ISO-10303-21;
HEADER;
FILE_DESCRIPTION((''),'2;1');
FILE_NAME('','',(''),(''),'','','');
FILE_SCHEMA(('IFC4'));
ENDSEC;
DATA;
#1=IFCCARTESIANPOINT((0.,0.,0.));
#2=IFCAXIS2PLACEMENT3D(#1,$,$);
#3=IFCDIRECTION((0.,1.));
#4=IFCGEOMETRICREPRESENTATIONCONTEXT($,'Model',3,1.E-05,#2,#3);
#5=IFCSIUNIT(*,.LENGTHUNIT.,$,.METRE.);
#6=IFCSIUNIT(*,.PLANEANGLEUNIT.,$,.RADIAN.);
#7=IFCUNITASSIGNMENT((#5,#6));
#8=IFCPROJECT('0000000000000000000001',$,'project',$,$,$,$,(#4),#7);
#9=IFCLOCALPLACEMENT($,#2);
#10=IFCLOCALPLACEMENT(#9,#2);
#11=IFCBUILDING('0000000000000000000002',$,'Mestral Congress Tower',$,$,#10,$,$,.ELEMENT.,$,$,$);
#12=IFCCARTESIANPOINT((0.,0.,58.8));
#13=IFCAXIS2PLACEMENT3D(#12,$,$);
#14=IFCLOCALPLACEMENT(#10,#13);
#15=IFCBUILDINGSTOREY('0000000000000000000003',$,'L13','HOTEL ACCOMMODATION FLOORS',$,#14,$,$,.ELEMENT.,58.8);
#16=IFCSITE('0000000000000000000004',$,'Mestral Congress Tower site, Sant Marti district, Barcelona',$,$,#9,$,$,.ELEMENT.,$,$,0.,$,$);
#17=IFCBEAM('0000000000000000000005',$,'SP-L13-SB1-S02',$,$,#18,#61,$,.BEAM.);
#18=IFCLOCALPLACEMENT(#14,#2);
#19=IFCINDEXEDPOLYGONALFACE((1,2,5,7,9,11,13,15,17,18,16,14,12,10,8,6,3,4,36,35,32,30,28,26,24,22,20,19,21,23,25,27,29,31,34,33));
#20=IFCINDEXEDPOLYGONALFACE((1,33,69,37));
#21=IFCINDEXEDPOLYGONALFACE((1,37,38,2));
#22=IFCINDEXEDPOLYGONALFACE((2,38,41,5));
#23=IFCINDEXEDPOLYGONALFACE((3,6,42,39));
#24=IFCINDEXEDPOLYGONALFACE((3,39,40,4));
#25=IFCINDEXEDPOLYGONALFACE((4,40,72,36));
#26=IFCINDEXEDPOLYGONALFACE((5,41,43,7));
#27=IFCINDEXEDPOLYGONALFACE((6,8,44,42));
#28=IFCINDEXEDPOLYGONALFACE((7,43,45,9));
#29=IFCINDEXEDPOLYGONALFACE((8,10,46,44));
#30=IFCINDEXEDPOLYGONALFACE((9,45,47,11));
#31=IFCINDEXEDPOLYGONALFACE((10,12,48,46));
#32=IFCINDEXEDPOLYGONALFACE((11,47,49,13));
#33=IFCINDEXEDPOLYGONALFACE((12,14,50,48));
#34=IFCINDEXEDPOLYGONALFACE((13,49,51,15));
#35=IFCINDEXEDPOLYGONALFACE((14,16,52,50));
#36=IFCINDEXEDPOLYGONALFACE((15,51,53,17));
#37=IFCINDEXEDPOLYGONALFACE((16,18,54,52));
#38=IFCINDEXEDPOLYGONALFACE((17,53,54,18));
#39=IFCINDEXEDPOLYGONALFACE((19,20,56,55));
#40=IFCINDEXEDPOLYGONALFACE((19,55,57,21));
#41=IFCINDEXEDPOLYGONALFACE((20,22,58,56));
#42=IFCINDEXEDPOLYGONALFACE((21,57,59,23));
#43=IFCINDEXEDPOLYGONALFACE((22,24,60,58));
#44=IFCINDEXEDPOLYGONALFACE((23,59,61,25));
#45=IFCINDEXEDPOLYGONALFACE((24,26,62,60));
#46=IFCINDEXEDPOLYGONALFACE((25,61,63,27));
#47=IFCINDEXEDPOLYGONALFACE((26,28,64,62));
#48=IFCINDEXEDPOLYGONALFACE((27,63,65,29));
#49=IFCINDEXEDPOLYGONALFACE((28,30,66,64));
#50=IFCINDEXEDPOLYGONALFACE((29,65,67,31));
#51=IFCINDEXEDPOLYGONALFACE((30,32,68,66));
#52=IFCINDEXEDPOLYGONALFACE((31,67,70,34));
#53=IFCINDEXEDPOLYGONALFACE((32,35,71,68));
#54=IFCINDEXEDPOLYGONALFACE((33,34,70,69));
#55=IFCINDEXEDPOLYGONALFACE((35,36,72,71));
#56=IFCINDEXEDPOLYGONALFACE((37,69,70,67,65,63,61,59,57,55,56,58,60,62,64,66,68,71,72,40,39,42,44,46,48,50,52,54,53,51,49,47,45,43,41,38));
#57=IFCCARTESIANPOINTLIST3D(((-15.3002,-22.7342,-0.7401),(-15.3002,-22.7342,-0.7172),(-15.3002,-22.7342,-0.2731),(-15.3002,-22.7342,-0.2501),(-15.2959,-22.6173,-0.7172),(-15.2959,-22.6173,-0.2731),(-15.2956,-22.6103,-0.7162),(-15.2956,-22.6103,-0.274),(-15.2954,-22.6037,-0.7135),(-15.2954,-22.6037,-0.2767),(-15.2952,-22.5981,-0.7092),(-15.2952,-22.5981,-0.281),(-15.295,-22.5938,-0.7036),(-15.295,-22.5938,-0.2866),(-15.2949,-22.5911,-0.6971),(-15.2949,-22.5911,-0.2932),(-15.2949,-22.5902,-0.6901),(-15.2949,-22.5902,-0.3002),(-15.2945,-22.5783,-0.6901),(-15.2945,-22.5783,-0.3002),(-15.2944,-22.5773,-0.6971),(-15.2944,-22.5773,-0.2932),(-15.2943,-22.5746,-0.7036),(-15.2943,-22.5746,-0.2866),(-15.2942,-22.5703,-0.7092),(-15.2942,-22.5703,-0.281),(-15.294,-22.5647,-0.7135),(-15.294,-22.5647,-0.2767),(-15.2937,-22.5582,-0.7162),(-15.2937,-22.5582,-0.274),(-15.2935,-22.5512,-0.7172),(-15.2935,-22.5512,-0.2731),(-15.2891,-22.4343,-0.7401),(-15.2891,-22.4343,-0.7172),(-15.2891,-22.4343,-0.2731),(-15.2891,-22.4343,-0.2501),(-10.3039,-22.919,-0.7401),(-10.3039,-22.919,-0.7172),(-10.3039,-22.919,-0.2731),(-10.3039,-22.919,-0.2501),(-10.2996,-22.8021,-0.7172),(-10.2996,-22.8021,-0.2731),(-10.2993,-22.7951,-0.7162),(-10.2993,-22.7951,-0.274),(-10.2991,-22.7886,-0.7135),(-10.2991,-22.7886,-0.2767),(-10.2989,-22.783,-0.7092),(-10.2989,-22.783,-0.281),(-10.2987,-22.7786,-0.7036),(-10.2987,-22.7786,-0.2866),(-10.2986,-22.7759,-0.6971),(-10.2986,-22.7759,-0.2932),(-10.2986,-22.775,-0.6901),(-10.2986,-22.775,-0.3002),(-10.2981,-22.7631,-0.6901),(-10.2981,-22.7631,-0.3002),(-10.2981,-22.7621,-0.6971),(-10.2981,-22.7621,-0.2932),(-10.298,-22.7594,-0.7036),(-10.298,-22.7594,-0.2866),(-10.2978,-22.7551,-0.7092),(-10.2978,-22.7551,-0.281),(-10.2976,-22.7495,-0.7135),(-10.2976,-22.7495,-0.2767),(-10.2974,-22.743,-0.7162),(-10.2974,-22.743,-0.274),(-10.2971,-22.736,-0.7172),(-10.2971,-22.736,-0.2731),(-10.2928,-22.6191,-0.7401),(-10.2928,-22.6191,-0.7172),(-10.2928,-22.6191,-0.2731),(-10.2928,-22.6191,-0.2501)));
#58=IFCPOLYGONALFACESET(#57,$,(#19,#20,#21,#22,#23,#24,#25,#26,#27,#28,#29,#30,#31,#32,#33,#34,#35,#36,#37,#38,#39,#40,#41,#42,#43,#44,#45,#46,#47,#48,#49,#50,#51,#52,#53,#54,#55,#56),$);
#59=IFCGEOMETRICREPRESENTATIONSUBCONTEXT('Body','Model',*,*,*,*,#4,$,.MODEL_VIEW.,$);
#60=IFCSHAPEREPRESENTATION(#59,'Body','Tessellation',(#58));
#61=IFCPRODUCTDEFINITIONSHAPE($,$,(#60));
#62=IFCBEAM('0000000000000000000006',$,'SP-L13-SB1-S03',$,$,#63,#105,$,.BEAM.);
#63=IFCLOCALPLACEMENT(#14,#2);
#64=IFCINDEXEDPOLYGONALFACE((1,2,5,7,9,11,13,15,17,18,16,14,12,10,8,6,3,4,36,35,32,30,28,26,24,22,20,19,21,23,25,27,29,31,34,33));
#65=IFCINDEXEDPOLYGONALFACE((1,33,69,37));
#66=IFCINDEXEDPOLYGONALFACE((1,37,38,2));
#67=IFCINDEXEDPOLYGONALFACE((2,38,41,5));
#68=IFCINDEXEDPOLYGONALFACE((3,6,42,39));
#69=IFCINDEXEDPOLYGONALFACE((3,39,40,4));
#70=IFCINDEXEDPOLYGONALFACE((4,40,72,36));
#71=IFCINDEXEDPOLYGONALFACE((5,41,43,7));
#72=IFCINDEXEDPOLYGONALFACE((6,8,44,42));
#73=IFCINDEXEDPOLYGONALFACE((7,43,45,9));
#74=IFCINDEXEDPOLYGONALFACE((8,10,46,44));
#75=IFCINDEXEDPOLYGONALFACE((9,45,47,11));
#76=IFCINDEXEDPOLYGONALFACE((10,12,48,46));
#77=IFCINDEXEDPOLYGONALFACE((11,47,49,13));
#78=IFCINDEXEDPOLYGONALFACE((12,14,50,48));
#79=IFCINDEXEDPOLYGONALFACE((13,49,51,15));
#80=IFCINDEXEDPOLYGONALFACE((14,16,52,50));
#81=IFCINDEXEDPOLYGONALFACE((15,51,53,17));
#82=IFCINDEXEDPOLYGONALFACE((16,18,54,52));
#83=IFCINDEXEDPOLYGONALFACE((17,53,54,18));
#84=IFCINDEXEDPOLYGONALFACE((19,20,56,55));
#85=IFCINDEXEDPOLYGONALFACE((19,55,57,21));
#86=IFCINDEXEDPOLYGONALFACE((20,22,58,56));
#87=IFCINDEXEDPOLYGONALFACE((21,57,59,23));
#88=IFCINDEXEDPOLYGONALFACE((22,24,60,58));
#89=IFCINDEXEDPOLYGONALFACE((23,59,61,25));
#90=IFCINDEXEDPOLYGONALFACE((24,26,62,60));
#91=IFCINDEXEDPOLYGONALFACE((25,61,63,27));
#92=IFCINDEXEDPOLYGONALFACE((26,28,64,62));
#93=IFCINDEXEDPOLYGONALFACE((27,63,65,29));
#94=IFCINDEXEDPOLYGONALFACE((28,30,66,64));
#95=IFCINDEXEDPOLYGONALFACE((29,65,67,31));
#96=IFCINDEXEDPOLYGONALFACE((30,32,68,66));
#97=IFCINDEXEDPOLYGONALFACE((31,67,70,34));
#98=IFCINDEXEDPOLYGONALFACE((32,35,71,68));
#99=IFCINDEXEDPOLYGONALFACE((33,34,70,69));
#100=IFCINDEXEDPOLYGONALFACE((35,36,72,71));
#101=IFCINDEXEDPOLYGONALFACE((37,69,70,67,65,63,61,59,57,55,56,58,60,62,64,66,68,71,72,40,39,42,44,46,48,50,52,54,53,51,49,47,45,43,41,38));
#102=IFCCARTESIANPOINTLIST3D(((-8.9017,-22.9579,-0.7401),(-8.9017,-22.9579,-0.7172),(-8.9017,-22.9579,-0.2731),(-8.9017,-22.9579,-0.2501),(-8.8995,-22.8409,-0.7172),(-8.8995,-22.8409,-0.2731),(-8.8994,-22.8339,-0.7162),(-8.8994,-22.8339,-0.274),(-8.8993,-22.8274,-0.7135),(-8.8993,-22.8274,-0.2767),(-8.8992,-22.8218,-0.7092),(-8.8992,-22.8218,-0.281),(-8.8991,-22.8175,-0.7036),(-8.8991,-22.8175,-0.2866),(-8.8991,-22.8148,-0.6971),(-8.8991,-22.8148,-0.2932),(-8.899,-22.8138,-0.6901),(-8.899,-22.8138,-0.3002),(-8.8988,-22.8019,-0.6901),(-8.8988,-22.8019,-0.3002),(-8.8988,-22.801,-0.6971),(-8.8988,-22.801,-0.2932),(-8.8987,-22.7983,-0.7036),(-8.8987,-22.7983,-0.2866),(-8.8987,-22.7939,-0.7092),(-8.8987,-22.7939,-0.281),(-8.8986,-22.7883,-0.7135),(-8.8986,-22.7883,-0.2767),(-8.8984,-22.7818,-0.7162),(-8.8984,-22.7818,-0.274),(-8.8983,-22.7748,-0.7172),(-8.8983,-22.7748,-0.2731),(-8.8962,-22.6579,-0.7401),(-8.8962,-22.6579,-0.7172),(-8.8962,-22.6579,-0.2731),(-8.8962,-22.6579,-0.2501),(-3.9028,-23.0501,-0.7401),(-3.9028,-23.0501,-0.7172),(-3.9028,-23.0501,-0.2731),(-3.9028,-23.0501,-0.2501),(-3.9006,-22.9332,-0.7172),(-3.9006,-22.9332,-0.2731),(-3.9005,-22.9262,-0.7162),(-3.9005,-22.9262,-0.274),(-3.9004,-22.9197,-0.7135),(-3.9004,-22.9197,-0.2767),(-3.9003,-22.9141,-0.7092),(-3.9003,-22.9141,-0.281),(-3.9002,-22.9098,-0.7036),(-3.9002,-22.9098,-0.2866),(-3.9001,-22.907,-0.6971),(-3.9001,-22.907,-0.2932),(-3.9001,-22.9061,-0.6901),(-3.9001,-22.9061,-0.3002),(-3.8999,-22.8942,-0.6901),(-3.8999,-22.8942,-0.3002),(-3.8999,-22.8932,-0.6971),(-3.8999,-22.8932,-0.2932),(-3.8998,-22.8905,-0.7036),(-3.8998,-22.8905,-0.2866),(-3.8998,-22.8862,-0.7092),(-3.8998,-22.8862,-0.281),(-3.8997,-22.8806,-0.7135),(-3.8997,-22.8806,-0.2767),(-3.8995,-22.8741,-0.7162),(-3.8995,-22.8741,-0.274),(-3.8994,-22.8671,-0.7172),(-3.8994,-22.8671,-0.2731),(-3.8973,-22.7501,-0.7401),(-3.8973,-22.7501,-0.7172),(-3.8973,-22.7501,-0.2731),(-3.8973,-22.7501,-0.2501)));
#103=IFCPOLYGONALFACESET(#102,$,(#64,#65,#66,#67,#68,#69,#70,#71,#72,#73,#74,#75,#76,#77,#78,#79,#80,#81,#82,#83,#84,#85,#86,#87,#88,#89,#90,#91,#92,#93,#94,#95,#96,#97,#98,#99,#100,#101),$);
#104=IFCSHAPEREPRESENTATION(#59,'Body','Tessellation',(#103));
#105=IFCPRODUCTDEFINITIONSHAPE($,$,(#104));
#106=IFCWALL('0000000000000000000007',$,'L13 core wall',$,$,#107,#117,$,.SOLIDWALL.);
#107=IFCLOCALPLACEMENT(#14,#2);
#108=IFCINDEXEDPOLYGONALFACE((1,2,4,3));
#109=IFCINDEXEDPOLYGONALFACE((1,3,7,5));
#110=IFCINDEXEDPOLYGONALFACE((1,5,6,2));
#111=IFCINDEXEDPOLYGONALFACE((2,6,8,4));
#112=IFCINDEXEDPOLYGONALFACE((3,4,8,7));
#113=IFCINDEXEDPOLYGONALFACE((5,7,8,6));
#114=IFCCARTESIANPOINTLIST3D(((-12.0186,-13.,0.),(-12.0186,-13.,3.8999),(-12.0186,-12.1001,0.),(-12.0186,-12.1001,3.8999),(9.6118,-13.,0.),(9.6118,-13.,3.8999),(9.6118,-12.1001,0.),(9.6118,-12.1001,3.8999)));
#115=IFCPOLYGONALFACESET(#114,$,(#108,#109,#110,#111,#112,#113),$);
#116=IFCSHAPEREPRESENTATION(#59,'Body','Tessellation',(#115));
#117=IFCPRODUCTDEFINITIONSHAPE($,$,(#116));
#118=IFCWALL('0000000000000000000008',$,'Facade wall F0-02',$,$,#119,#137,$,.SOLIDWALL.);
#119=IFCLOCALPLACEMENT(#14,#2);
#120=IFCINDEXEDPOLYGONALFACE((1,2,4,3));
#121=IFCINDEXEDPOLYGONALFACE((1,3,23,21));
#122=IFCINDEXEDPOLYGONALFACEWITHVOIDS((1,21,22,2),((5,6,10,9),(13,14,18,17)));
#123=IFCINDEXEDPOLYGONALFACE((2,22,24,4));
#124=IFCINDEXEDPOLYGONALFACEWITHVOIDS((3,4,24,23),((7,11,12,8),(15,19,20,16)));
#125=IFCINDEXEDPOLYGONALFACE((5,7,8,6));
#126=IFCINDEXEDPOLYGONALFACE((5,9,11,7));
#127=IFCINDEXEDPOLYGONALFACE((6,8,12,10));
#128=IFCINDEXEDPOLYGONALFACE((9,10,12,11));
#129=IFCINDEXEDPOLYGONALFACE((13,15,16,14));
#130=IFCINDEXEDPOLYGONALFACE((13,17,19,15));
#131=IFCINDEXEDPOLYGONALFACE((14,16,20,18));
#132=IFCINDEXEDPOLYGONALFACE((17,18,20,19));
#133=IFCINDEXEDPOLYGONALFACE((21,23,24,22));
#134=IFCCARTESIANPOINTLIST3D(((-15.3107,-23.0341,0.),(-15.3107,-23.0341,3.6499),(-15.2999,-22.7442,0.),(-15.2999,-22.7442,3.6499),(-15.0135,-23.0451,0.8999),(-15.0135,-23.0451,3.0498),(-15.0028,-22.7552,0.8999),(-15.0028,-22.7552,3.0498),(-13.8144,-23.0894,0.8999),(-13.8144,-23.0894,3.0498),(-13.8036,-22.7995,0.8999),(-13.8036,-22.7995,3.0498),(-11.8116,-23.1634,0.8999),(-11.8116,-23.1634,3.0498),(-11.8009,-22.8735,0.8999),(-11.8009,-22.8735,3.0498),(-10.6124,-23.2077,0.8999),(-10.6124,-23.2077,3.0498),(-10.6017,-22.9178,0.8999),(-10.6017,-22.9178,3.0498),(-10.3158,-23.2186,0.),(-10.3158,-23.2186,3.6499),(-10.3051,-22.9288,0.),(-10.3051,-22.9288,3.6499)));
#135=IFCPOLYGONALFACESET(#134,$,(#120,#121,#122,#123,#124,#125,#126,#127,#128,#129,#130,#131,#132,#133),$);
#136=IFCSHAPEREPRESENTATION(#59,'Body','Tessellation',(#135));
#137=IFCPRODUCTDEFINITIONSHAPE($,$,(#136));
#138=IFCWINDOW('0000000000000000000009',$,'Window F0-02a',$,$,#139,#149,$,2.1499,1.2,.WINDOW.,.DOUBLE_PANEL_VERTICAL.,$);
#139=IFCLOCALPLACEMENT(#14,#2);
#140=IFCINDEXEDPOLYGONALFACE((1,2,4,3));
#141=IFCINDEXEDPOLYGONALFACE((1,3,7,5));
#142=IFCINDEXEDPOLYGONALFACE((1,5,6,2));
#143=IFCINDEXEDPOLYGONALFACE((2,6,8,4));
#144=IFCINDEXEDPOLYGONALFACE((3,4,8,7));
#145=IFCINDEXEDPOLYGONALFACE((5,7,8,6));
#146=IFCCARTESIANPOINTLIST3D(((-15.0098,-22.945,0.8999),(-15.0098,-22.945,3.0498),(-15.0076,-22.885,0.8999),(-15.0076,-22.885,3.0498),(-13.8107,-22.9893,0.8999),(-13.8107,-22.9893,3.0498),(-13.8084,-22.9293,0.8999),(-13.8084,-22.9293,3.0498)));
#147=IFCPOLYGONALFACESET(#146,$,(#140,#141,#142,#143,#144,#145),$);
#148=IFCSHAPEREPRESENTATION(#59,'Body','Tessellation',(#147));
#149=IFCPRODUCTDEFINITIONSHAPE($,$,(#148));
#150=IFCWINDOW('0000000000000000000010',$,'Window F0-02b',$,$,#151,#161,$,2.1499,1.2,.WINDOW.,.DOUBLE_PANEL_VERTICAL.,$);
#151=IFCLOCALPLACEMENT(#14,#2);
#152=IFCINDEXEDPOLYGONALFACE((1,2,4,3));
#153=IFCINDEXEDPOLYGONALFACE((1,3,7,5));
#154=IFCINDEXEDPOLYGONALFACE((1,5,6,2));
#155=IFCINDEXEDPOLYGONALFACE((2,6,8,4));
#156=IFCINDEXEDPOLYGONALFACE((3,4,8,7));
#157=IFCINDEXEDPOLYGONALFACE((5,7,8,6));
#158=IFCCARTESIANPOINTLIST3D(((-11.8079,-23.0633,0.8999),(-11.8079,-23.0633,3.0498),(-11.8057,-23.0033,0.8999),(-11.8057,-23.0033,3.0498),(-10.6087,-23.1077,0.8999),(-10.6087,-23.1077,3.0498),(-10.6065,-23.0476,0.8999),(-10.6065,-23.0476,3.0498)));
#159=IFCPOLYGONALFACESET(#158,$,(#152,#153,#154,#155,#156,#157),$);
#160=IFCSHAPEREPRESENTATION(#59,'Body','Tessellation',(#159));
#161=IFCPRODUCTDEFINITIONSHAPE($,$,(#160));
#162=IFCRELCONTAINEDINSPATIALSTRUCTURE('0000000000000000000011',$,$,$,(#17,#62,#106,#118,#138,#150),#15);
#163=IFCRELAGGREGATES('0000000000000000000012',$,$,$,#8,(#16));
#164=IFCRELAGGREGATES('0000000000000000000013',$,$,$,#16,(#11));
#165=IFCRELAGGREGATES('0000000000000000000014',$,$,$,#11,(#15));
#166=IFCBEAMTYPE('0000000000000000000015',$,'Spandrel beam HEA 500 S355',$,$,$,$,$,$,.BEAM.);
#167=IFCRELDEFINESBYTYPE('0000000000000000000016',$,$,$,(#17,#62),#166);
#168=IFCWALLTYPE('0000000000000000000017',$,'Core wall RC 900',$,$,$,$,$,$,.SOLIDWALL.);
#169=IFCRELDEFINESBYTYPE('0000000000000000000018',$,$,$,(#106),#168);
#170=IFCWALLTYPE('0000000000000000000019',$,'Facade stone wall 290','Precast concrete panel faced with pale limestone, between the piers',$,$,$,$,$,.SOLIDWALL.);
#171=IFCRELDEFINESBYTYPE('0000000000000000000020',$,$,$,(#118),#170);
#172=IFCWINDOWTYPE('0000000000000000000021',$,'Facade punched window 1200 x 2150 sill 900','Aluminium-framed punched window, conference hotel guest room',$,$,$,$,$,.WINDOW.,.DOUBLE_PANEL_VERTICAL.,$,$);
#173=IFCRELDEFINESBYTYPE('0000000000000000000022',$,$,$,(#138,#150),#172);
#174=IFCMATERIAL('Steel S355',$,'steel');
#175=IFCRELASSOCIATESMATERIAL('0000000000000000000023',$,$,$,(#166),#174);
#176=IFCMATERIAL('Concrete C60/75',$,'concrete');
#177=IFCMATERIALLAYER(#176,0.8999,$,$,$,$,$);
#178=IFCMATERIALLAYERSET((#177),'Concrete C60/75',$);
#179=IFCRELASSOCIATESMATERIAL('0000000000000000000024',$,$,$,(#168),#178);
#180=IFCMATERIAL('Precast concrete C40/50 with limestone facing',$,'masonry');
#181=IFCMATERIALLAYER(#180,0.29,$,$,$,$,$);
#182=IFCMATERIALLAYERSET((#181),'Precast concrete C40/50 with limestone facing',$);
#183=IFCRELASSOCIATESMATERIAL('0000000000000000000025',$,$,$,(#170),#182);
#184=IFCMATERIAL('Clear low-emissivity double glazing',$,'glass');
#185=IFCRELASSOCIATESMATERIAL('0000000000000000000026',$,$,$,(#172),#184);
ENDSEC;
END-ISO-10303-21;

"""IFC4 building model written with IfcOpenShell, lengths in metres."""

from ifc_helpers import new_model, si_unit, direction, frame, frame_2d, origin, origin_2d, place, context, subcontext, project, spatial, rectangle, i_section, extrude, material, layer, layer_set, material_profile, profile_set, type_object, element, fill, save


model = new_model("IFC4")

# Units and contexts
model_context = context("Model", 3, precision=1e-05, world=origin(), true_north=direction((0.0, 1.0)))
body_context = subcontext(model_context, "Body", "Model", "MODEL_VIEW")
ifc_project = project(units=[si_unit("LENGTHUNIT", "METRE"), si_unit("PLANEANGLEUNIT", "RADIAN")], contexts=[model_context])

# Site, building, storey
site_placement = place(None, origin())
site = spatial("IfcSite", under=ifc_project, at=site_placement, Name="Mestral Congress Tower site, Sant Marti district, Barcelona", CompositionType="ELEMENT", RefElevation=0.0)
building_placement = place(site_placement, origin())
building = spatial("IfcBuilding", under=site, at=building_placement, Name="Mestral Congress Tower", CompositionType="ELEMENT")
storey_placement = place(building_placement, frame((0.0, 0.0, 58.8)))
storey = spatial("IfcBuildingStorey", under=building, at=storey_placement, Name="L13", Description="HOTEL ACCOMMODATION FLOORS", CompositionType="ELEMENT", Elevation=58.8)

# Beams
ifc_material_1 = material(Name="Steel S355", Category="steel")
ifc_material_profile_1 = material_profile(ifc_material_1, i_section(OverallWidth=0.3, OverallDepth=0.49, WebThickness=0.012, FlangeThickness=0.0229, FilletRadius=0.0271, at=origin_2d()), Name="HEA 500")
ifc_profile_set_1 = profile_set([ifc_material_profile_1], Name="Steel S355")
beam_type_1 = type_object("IfcBeamType", Name="Spandrel beam HEA 500 S355", PredefinedType="BEAM", material=ifc_profile_set_1)
for number, where, z_axis, x_axis, name in (
    (1, (-15.2947, -22.5842, -0.4951), (0.999317, -0.036965, 0.0), (0.036965, 0.999317, 0.0), "SP-L13-SB1-S02"),
    (2, (-8.8989, -22.8079, -0.4951), (0.99983, -0.018457, 0.0), (0.018457, 0.99983, 0.0), "SP-L13-SB1-S03"),
):
    element("IfcBeam", number, at=place(storey_placement, frame(where, z_axis=z_axis, x_axis=x_axis)), inside=storey, type_object=beam_type_1, Name=name, PredefinedType="BEAM", context=body_context, shape_type="SweptSolid", body=[
        extrude(i_section(OverallWidth=0.3, OverallDepth=0.49, WebThickness=0.012, FlangeThickness=0.0229, FilletRadius=0.0271, at=origin_2d()), origin(), (0.0, 0.0, 1.0), 4.9998),
    ])

# Wall
ifc_material_2 = material(Name="Concrete C60/75", Category="concrete")
ifc_layer_1 = layer(ifc_material_2, 0.8999)
ifc_layer_set_1 = layer_set([ifc_layer_1], Name="Concrete C60/75")
wall_type_1 = type_object("IfcWallType", Name="Core wall RC 900", PredefinedType="SOLIDWALL", material=ifc_layer_set_1)
wall_1_placement = place(storey_placement, frame((-12.0186, -12.55, 0.0), z_axis=(0.0, 0.0, 1.0), x_axis=(1.0, 0.0, 0.0)))
element("IfcWall", 3, at=wall_1_placement, inside=storey, type_object=wall_type_1, Name="L13 core wall", PredefinedType="SOLIDWALL", context=body_context, shape_type="SweptSolid", body=[
    extrude(rectangle(XDim=21.6304, YDim=0.8999, at=frame_2d((10.8152, 0.0))), origin(), (0.0, 0.0, 1.0), 3.8999),
])

# Wall, openings, windows
ifc_material_3 = material(Name="Precast concrete C40/50 with limestone facing", Category="masonry")
ifc_layer_2 = layer(ifc_material_3, 0.29)
ifc_layer_set_2 = layer_set([ifc_layer_2], Name="Precast concrete C40/50 with limestone facing")
wall_type_2 = type_object("IfcWallType", Name="Facade stone wall 290", Description="Precast concrete panel faced with pale limestone, between the piers", PredefinedType="SOLIDWALL", material=ifc_layer_set_2)
wall_2_placement = place(storey_placement, frame((-15.3052, -22.8892, 0.0), z_axis=(0.0, 0.0, 1.0), x_axis=(0.999318, -0.036927, 0.0)))
wall_2 = element("IfcWall", 4, at=wall_2_placement, inside=storey, type_object=wall_type_2, Name="Facade wall F0-02", PredefinedType="SOLIDWALL", context=body_context, shape_type="SweptSolid", body=[
    extrude(rectangle(XDim=4.9983, YDim=0.29, at=frame_2d((2.499, 0.0))), origin(), (0.0, 0.0, 1.0), 3.6499),
])
opening_1_placement = place(wall_2_placement, frame((0.2971, 0.0, 0.8999)))
opening_1 = element("IfcOpeningElement", 5, at=opening_1_placement, cuts=wall_2, PredefinedType="OPENING", context=body_context, shape_type="SweptSolid", body=[
    extrude(rectangle(XDim=1.2, YDim=2.1499, at=frame_2d((0.6001, 1.075))), frame((0.0, 0.155, 0.0), z_axis=(0.0, -1.0, 0.0), x_axis=(1.0, 0.0, 0.0)), (0.0, 0.0, 1.0), 0.3101),
])
opening_2_placement = place(wall_2_placement, frame((3.5012, 0.0, 0.8999)))
opening_2 = element("IfcOpeningElement", 6, at=opening_2_placement, cuts=wall_2, PredefinedType="OPENING", context=body_context, shape_type="SweptSolid", body=[
    extrude(rectangle(XDim=1.2, YDim=2.1499, at=frame_2d((0.6001, 1.075))), frame((0.0, 0.155, 0.0), z_axis=(0.0, -1.0, 0.0), x_axis=(1.0, 0.0, 0.0)), (0.0, 0.0, 1.0), 0.3101),
])
ifc_material_4 = material(Name="Clear low-emissivity double glazing", Category="glass")
window_type = type_object("IfcWindowType", Name="Facade punched window 1200 x 2150 sill 900", Description="Aluminium-framed punched window, conference hotel guest room", PartitioningType="DOUBLE_PANEL_VERTICAL", PredefinedType="WINDOW", material=ifc_material_4)
window_1_placement = place(opening_1_placement, origin())
window_1 = element("IfcWindow", 7, at=window_1_placement, inside=storey, type_object=window_type, Name="Window F0-02a", OverallHeight=2.1499, OverallWidth=1.2, PartitioningType="DOUBLE_PANEL_VERTICAL", PredefinedType="WINDOW", context=body_context, shape_type="SweptSolid", body=[
    extrude(rectangle(XDim=1.2, YDim=2.1499, at=frame_2d((0.6001, 1.075))), frame((0.0, 0.0151, 0.0), z_axis=(0.0, -1.0, 0.0), x_axis=(1.0, 0.0, 0.0)), (0.0, 0.0, 1.0), 0.0601),
])
fill(opening_1, window_1)
window_2_placement = place(opening_2_placement, origin())
window_2 = element("IfcWindow", 8, at=window_2_placement, inside=storey, type_object=window_type, Name="Window F0-02b", OverallHeight=2.1499, OverallWidth=1.2, PartitioningType="DOUBLE_PANEL_VERTICAL", PredefinedType="WINDOW", context=body_context, shape_type="SweptSolid", body=[
    extrude(rectangle(XDim=1.2, YDim=2.1499, at=frame_2d((0.6001, 1.075))), frame((0.0, 0.0151, 0.0), z_axis=(0.0, -1.0, 0.0), x_axis=(1.0, 0.0, 0.0)), (0.0, 0.0, 1.0), 0.0601),
])
fill(opening_2, window_2)

save(model, "model.ifc")
